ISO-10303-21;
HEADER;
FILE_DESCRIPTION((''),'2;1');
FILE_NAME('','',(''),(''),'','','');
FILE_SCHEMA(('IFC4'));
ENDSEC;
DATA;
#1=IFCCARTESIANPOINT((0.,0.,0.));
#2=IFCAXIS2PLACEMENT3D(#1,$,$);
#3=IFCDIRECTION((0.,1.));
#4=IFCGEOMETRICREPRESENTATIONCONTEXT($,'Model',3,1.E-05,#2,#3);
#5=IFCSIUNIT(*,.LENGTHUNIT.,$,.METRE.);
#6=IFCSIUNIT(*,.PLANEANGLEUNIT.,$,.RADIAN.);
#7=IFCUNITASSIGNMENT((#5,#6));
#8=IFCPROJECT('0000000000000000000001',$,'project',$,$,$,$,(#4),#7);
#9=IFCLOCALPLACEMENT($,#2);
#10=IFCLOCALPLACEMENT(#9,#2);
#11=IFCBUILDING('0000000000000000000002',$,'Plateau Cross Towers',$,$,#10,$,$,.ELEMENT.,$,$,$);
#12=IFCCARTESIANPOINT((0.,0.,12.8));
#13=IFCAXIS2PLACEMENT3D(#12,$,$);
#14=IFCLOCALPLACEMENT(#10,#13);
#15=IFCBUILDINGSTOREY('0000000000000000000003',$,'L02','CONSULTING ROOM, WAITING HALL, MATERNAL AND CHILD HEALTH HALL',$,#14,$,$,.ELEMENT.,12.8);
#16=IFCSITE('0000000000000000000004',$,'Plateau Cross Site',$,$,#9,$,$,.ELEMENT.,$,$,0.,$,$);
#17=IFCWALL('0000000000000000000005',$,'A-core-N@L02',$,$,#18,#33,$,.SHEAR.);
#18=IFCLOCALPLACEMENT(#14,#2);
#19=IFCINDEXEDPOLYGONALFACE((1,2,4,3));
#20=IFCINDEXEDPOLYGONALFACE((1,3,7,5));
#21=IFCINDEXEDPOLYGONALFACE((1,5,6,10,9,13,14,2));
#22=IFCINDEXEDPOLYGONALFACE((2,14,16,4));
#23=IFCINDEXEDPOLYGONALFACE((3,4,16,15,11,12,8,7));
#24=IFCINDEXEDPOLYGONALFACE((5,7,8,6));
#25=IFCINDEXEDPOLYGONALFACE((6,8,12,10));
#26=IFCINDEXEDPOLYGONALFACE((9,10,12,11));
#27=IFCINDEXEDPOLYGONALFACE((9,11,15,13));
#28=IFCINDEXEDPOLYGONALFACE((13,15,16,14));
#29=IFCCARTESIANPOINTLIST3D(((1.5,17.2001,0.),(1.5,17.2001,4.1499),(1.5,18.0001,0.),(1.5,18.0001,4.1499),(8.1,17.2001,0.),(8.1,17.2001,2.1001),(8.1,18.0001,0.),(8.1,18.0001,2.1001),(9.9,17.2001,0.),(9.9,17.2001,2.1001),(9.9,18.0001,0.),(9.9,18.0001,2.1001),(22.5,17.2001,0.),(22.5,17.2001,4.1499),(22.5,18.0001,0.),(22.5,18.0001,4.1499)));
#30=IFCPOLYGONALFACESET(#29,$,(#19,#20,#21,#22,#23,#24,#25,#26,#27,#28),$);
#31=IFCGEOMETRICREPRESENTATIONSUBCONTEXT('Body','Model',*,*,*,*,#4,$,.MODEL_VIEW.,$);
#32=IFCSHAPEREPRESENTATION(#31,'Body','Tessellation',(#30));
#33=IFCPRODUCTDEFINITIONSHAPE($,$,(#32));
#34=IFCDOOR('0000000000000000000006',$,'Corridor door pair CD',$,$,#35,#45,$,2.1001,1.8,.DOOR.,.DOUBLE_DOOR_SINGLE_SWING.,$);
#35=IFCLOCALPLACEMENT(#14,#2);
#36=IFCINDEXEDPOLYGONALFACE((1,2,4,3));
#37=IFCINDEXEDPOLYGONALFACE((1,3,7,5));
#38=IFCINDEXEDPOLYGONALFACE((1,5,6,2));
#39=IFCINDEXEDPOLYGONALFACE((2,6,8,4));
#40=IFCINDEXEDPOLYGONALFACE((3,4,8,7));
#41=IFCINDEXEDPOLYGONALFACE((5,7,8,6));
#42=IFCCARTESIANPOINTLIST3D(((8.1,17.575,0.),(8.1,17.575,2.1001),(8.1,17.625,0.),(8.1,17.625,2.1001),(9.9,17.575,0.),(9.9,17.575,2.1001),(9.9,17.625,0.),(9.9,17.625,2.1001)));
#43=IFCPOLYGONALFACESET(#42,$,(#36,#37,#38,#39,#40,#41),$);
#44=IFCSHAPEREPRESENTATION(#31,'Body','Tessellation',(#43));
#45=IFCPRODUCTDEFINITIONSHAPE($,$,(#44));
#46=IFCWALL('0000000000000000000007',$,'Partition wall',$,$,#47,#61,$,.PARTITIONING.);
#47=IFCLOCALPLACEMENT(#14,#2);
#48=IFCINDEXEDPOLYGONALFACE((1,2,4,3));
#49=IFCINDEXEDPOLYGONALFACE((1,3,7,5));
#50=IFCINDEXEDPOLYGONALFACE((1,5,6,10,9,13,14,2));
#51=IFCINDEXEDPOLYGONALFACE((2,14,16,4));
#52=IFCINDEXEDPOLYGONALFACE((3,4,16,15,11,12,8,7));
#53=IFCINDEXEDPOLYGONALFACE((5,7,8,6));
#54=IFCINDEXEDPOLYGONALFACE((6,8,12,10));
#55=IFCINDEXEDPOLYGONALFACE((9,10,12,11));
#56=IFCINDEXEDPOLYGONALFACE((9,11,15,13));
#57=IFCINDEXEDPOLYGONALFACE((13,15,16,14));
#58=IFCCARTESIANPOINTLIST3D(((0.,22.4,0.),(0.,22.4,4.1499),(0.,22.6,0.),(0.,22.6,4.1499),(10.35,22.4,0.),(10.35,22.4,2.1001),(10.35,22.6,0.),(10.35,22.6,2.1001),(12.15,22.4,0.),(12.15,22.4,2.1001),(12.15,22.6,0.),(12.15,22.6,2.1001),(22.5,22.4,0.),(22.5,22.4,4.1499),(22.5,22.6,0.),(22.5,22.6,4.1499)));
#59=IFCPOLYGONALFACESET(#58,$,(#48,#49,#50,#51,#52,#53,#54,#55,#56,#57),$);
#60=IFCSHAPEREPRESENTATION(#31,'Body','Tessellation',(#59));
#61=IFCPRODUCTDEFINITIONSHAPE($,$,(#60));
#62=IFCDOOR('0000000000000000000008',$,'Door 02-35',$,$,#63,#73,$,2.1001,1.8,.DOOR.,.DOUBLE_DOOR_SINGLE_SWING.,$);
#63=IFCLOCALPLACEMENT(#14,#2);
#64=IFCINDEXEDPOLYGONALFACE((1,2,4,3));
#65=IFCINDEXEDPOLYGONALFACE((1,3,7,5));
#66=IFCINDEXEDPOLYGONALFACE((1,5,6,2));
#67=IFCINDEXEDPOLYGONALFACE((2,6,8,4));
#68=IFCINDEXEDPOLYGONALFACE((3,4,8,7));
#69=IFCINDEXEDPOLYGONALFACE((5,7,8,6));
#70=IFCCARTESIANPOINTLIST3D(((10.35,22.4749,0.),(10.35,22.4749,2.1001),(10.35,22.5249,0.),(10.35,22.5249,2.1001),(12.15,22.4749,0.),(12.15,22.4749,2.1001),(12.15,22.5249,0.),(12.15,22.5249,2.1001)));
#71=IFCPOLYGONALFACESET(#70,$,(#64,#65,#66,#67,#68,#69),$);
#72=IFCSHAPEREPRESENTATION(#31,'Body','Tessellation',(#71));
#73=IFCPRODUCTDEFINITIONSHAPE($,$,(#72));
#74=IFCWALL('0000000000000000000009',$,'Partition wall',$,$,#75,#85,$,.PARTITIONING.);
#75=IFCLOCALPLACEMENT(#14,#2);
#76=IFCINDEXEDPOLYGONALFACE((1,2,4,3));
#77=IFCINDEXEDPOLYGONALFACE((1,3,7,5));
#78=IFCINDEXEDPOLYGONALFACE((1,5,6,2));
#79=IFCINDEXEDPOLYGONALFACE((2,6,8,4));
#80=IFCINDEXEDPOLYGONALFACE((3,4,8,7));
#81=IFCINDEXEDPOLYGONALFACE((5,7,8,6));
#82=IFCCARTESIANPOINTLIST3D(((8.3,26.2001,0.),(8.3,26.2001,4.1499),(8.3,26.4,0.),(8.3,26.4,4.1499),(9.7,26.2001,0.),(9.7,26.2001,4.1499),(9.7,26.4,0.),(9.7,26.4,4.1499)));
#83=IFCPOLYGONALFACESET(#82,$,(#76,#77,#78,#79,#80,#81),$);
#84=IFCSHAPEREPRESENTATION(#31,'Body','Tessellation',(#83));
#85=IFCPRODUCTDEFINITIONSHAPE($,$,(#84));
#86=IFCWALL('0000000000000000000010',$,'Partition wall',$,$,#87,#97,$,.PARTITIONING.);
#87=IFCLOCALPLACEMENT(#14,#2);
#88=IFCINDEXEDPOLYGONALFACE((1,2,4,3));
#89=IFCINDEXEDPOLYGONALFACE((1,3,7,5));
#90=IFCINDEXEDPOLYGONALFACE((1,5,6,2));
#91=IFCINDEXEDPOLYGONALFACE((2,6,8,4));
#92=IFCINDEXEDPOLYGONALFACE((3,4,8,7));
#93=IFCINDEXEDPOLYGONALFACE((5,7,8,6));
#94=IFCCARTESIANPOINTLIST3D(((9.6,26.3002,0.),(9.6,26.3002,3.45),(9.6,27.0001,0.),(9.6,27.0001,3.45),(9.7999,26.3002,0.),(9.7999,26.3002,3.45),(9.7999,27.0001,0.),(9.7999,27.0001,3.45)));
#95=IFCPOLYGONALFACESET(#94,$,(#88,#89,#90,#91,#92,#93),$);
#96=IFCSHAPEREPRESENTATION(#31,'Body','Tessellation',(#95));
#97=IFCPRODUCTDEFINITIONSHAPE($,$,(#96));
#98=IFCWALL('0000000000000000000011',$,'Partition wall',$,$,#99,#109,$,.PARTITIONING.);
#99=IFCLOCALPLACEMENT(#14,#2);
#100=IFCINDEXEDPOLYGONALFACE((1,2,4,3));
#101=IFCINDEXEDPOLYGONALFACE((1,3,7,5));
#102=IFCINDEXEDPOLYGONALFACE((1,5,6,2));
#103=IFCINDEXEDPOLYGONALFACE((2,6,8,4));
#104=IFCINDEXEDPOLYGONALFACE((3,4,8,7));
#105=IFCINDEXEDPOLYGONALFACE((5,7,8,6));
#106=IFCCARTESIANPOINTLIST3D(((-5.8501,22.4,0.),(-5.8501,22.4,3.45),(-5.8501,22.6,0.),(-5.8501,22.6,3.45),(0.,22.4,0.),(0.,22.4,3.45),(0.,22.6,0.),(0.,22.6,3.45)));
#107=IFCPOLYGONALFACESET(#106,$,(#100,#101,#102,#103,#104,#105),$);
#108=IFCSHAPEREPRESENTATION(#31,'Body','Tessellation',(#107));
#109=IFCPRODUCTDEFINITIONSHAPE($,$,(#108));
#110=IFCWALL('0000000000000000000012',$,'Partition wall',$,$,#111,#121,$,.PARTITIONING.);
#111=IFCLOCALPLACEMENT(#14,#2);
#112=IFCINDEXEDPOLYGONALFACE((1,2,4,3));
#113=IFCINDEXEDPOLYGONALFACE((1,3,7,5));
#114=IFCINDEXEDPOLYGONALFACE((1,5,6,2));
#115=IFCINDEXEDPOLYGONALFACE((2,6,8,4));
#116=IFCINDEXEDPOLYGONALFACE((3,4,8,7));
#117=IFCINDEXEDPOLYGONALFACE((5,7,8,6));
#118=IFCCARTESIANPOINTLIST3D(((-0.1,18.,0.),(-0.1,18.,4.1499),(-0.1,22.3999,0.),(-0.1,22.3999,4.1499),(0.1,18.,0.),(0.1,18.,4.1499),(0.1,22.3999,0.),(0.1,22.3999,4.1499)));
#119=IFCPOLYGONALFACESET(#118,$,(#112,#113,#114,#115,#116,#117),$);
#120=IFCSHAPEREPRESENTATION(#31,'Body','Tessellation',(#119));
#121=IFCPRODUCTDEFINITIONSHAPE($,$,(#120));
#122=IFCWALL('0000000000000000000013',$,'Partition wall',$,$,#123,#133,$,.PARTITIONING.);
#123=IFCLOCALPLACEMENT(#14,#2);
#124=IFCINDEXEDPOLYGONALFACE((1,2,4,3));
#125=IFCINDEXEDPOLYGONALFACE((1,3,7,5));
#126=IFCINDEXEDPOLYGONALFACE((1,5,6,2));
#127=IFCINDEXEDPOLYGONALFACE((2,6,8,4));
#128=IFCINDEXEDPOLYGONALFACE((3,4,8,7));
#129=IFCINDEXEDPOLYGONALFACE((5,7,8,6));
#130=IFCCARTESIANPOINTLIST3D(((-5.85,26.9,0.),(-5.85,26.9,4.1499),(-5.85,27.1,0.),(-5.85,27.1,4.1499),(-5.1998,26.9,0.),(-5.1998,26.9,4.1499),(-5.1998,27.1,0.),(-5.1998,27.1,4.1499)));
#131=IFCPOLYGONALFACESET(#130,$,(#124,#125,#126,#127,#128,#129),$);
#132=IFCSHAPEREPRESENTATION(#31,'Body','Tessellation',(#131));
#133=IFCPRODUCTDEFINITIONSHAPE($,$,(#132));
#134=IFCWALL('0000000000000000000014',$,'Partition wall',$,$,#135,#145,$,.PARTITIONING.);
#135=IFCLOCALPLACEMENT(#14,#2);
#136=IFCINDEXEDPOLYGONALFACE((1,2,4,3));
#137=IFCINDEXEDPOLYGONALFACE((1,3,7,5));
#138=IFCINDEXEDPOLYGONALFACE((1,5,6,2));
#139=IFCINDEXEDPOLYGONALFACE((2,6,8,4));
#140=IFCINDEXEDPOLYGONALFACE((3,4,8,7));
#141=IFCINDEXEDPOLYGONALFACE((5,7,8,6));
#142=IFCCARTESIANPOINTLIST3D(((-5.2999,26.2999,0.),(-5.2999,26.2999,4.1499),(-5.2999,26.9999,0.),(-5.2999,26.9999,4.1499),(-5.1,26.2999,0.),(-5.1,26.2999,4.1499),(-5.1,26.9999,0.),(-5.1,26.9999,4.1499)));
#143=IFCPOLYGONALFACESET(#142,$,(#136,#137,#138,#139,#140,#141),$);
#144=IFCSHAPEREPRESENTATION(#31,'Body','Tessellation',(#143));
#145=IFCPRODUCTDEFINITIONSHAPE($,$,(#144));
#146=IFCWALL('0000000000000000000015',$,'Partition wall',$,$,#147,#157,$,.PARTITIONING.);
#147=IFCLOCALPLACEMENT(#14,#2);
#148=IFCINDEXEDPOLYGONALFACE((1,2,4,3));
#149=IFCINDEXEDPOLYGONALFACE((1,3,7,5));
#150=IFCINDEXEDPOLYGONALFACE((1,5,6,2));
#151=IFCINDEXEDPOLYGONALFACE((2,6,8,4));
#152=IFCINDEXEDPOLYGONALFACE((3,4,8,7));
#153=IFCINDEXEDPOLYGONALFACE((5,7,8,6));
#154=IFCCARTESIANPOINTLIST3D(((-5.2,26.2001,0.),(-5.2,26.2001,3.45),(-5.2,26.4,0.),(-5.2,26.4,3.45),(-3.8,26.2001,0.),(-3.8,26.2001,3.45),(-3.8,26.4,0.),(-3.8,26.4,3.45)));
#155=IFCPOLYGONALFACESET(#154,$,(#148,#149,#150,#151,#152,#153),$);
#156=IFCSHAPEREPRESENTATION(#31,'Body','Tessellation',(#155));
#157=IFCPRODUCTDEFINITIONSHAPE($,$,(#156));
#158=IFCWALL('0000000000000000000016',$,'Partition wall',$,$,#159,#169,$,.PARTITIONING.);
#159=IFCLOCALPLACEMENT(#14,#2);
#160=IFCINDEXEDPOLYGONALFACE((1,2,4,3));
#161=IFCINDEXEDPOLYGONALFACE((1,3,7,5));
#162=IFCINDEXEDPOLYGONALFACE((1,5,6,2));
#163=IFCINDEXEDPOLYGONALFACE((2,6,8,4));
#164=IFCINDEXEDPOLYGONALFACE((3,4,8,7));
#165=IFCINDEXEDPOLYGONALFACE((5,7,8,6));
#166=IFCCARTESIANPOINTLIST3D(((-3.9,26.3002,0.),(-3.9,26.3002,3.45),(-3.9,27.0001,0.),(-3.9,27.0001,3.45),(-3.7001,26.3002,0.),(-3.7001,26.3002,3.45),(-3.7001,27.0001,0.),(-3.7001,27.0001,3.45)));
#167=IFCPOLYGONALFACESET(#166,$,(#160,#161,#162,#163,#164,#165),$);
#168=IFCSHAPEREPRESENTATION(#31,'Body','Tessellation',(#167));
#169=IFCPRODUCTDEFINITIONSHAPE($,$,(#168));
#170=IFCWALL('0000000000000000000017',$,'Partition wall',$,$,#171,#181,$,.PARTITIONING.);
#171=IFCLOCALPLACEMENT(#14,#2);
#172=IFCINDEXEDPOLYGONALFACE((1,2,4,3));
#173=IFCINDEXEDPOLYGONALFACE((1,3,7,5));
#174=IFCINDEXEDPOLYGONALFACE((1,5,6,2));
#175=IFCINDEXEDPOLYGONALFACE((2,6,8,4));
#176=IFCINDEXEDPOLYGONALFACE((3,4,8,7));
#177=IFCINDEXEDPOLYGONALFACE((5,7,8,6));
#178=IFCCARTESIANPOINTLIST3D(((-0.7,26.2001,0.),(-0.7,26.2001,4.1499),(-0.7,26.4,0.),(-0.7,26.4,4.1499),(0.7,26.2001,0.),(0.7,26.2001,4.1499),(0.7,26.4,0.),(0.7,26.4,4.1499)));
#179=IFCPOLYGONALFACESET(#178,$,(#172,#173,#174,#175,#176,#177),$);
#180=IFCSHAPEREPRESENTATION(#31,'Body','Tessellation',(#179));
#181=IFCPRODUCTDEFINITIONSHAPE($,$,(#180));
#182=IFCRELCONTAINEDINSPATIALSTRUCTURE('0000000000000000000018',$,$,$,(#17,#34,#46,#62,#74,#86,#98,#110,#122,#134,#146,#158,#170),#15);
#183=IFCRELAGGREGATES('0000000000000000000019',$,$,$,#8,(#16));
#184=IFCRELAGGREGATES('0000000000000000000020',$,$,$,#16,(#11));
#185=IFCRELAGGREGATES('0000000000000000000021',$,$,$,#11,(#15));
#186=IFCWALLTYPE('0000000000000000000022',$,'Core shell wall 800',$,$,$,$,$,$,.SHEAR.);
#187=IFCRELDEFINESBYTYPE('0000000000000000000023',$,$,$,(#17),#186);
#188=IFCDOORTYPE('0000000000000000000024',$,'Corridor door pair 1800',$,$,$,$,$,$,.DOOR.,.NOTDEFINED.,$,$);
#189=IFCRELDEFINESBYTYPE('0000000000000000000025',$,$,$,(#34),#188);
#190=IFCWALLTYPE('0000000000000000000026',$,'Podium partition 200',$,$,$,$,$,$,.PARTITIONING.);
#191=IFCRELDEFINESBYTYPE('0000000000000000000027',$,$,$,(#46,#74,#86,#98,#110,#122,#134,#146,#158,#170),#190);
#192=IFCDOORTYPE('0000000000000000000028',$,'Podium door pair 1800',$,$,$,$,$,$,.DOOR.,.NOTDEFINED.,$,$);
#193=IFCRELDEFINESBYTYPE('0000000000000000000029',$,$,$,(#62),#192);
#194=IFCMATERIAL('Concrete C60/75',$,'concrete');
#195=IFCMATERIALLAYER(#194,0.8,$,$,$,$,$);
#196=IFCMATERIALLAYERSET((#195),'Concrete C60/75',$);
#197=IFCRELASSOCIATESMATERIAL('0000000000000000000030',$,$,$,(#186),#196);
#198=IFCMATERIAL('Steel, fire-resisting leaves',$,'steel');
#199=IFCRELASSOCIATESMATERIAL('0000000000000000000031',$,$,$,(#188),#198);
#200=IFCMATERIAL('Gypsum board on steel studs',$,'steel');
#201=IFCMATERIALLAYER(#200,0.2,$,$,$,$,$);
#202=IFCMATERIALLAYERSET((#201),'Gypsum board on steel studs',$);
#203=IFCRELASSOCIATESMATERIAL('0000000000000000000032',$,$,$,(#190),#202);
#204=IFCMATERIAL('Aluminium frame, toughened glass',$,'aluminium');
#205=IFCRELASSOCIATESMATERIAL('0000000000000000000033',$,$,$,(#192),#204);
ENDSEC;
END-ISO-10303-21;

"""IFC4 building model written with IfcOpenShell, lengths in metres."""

from ifc_helpers import new_model, si_unit, direction, frame, frame_2d, origin, place, context, subcontext, project, spatial, rectangle, extrude, material, layer, layer_set, type_object, element, fill, save


model = new_model("IFC4")

# Units and contexts
model_context = context("Model", 3, precision=1e-05, world=origin(), true_north=direction((0.0, 1.0)))
body_context = subcontext(model_context, "Body", "Model", "MODEL_VIEW")
ifc_project = project(units=[si_unit("LENGTHUNIT", "METRE"), si_unit("PLANEANGLEUNIT", "RADIAN")], contexts=[model_context])

# Site, building, storey
site_placement = place(None, origin())
site = spatial("IfcSite", under=ifc_project, at=site_placement, Name="Plateau Cross Site", CompositionType="ELEMENT", RefElevation=0.0)
building_placement = place(site_placement, origin())
building = spatial("IfcBuilding", under=site, at=building_placement, Name="Plateau Cross Towers", CompositionType="ELEMENT")
storey_placement = place(building_placement, frame((0.0, 0.0, 12.8)))
storey = spatial("IfcBuildingStorey", under=building, at=storey_placement, Name="L02", Description="CONSULTING ROOM, WAITING HALL, MATERNAL AND CHILD HEALTH HALL", CompositionType="ELEMENT", Elevation=12.8)

# Shared definitions
ifc_material_1 = material(Name="Concrete C60/75", Category="concrete")

# Walls, openings, doors
ifc_layer_1 = layer(ifc_material_1, 0.8)
ifc_layer_set_1 = layer_set([ifc_layer_1], Name="Concrete C60/75")
wall_type_1 = type_object("IfcWallType", Name="Core shell wall 800", PredefinedType="SHEAR", material=ifc_layer_set_1)
wall_1_placement = place(storey_placement, frame((1.5, 17.6001, 0.0), z_axis=(0.0, 0.0, 1.0), x_axis=(1.0, 0.0, 0.0)))
wall_1 = element("IfcWall", 1, at=wall_1_placement, inside=storey, type_object=wall_type_1, Name="A-core-N@L02", PredefinedType="SHEAR", context=body_context, shape_type="SweptSolid", body=[
    extrude(rectangle(XDim=21.0, YDim=0.8, at=frame_2d((10.5, 0.0))), origin(), (0.0, 0.0, 1.0), 4.1499),
])
opening_1_placement = place(wall_1_placement, frame((6.6001, 0.0, 0.0)))
opening_1 = element("IfcOpeningElement", 2, at=opening_1_placement, cuts=wall_1, PredefinedType="OPENING", context=body_context, shape_type="SweptSolid", body=[
    extrude(rectangle(XDim=1.8, YDim=2.1001, at=frame_2d((0.8999, 1.05))), frame((0.0, 0.4099, 0.0), z_axis=(0.0, -1.0, 0.0), x_axis=(1.0, 0.0, 0.0)), (0.0, 0.0, 1.0), 0.8201),
])
ifc_material_2 = material(Name="Steel, fire-resisting leaves", Category="steel")
door_type_1 = type_object("IfcDoorType", Name="Corridor door pair 1800", OperationType="NOTDEFINED", PredefinedType="DOOR", material=ifc_material_2)
door_1_placement = place(opening_1_placement, origin())
door_1 = element("IfcDoor", 3, at=door_1_placement, inside=storey, type_object=door_type_1, Name="Corridor door pair CD", OperationType="DOUBLE_DOOR_SINGLE_SWING", OverallHeight=2.1001, OverallWidth=1.8, PredefinedType="DOOR", context=body_context, shape_type="SweptSolid", body=[
    extrude(rectangle(XDim=1.8, YDim=2.1001, at=frame_2d((0.8999, 1.05))), frame((0.0, 0.0249, 0.0), z_axis=(0.0, -1.0, 0.0), x_axis=(1.0, 0.0, 0.0)), (0.0, 0.0, 1.0), 0.05),
])
fill(opening_1, door_1)
ifc_material_3 = material(Name="Gypsum board on steel studs", Category="steel")
ifc_layer_2 = layer(ifc_material_3, 0.2)
ifc_layer_set_2 = layer_set([ifc_layer_2], Name="Gypsum board on steel studs")
wall_type_2 = type_object("IfcWallType", Name="Podium partition 200", PredefinedType="PARTITIONING", material=ifc_layer_set_2)
wall_2_placement = place(storey_placement, frame((0.0, 22.5, 0.0), z_axis=(0.0, 0.0, 1.0), x_axis=(1.0, 0.0, 0.0)))
wall_2 = element("IfcWall", 4, at=wall_2_placement, inside=storey, type_object=wall_type_2, Name="Partition wall", PredefinedType="PARTITIONING", context=body_context, shape_type="SweptSolid", body=[
    extrude(rectangle(XDim=22.5, YDim=0.2, at=frame_2d((11.25, 0.0))), origin(), (0.0, 0.0, 1.0), 4.1499),
])
opening_2_placement = place(wall_2_placement, frame((10.3501, 0.0, 0.0)))
opening_2 = element("IfcOpeningElement", 5, at=opening_2_placement, cuts=wall_2, PredefinedType="OPENING", context=body_context, shape_type="SweptSolid", body=[
    extrude(rectangle(XDim=1.8, YDim=2.1001, at=frame_2d((0.8999, 1.05))), frame((0.0, 0.1099, 0.0), z_axis=(0.0, -1.0, 0.0), x_axis=(1.0, 0.0, 0.0)), (0.0, 0.0, 1.0), 0.22),
])
ifc_material_4 = material(Name="Aluminium frame, toughened glass", Category="aluminium")
door_type_2 = type_object("IfcDoorType", Name="Podium door pair 1800", OperationType="NOTDEFINED", PredefinedType="DOOR", material=ifc_material_4)
door_2_placement = place(opening_2_placement, origin())
door_2 = element("IfcDoor", 6, at=door_2_placement, inside=storey, type_object=door_type_2, Name="Door 02-35", OperationType="DOUBLE_DOOR_SINGLE_SWING", OverallHeight=2.1001, OverallWidth=1.8, PredefinedType="DOOR", context=body_context, shape_type="SweptSolid", body=[
    extrude(rectangle(XDim=1.8, YDim=2.1001, at=frame_2d((0.8999, 1.05))), frame((0.0, 0.0249, 0.0), z_axis=(0.0, -1.0, 0.0), x_axis=(1.0, 0.0, 0.0)), (0.0, 0.0, 1.0), 0.05),
])
fill(opening_2, door_2)

# Walls
wall_3_placement = place(storey_placement, frame((8.3, 26.3, 0.0), z_axis=(0.0, 0.0, 1.0), x_axis=(1.0, 0.0, 0.0)))
element("IfcWall", 7, at=wall_3_placement, inside=storey, type_object=wall_type_2, Name="Partition wall", PredefinedType="PARTITIONING", context=body_context, shape_type="SweptSolid", body=[
    extrude(rectangle(XDim=1.3999, YDim=0.2, at=frame_2d((0.7, 0.0))), origin(), (0.0, 0.0, 1.0), 4.1499),
])
wall_4_placement = place(storey_placement, frame((9.7, 26.3, 0.0), z_axis=(0.0, 0.0, 1.0), x_axis=(0.0, 1.0, 0.0)))
element("IfcWall", 8, at=wall_4_placement, inside=storey, type_object=wall_type_2, Name="Partition wall", PredefinedType="PARTITIONING", context=body_context, shape_type="SweptSolid", body=[
    extrude(rectangle(XDim=0.7, YDim=0.2, at=frame_2d((0.3501, 0.0))), origin(), (0.0, 0.0, 1.0), 3.45),
])
wall_5_placement = place(storey_placement, frame((0.0, 22.5, 0.0), z_axis=(0.0, 0.0, 1.0), x_axis=(-1.0, 0.0, 0.0)))
element("IfcWall", 9, at=wall_5_placement, inside=storey, type_object=wall_type_2, Name="Partition wall", PredefinedType="PARTITIONING", context=body_context, shape_type="SweptSolid", body=[
    extrude(rectangle(XDim=5.8501, YDim=0.2, at=frame_2d((2.925, 0.0))), origin(), (0.0, 0.0, 1.0), 3.45),
])
wall_6_placement = place(storey_placement, frame((0.0, 18.0, 0.0), z_axis=(0.0, 0.0, 1.0), x_axis=(0.0, 1.0, 0.0)))
element("IfcWall", 10, at=wall_6_placement, inside=storey, type_object=wall_type_2, Name="Partition wall", PredefinedType="PARTITIONING", context=body_context, shape_type="SweptSolid", body=[
    extrude(rectangle(XDim=4.3999, YDim=0.2, at=frame_2d((2.2, 0.0))), origin(), (0.0, 0.0, 1.0), 4.1499),
])
wall_7_placement = place(storey_placement, frame((-5.8501, 27.0, 0.0), z_axis=(0.0, 0.0, 1.0), x_axis=(1.0, 0.0, 0.0)))
element("IfcWall", 11, at=wall_7_placement, inside=storey, type_object=wall_type_2, Name="Partition wall", PredefinedType="PARTITIONING", context=body_context, shape_type="SweptSolid", body=[
    extrude(rectangle(XDim=0.6501, YDim=0.2, at=frame_2d((0.3252, 0.0))), origin(), (0.0, 0.0, 1.0), 4.1499),
])
wall_8_placement = place(storey_placement, frame((-5.2, 27.0, 0.0), z_axis=(0.0, 0.0, 1.0), x_axis=(0.0, -1.0, 0.0)))
element("IfcWall", 12, at=wall_8_placement, inside=storey, type_object=wall_type_2, Name="Partition wall", PredefinedType="PARTITIONING", context=body_context, shape_type="SweptSolid", body=[
    extrude(rectangle(XDim=0.7, YDim=0.2, at=frame_2d((0.3501, 0.0))), origin(), (0.0, 0.0, 1.0), 4.1499),
])
wall_9_placement = place(storey_placement, frame((-5.2, 26.3, 0.0), z_axis=(0.0, 0.0, 1.0), x_axis=(1.0, 0.0, 0.0)))
element("IfcWall", 13, at=wall_9_placement, inside=storey, type_object=wall_type_2, Name="Partition wall", PredefinedType="PARTITIONING", context=body_context, shape_type="SweptSolid", body=[
    extrude(rectangle(XDim=1.3999, YDim=0.2, at=frame_2d((0.7, 0.0))), origin(), (0.0, 0.0, 1.0), 3.45),
])
wall_10_placement = place(storey_placement, frame((-3.8, 26.3, 0.0), z_axis=(0.0, 0.0, 1.0), x_axis=(0.0, 1.0, 0.0)))
element("IfcWall", 14, at=wall_10_placement, inside=storey, type_object=wall_type_2, Name="Partition wall", PredefinedType="PARTITIONING", context=body_context, shape_type="SweptSolid", body=[
    extrude(rectangle(XDim=0.7, YDim=0.2, at=frame_2d((0.3501, 0.0))), origin(), (0.0, 0.0, 1.0), 3.45),
])
wall_11_placement = place(storey_placement, frame((-0.7, 26.3, 0.0), z_axis=(0.0, 0.0, 1.0), x_axis=(1.0, 0.0, 0.0)))
element("IfcWall", 15, at=wall_11_placement, inside=storey, type_object=wall_type_2, Name="Partition wall", PredefinedType="PARTITIONING", context=body_context, shape_type="SweptSolid", body=[
    extrude(rectangle(XDim=1.3999, YDim=0.2, at=frame_2d((0.7, 0.0))), origin(), (0.0, 0.0, 1.0), 4.1499),
])

save(model, "model.ifc")
